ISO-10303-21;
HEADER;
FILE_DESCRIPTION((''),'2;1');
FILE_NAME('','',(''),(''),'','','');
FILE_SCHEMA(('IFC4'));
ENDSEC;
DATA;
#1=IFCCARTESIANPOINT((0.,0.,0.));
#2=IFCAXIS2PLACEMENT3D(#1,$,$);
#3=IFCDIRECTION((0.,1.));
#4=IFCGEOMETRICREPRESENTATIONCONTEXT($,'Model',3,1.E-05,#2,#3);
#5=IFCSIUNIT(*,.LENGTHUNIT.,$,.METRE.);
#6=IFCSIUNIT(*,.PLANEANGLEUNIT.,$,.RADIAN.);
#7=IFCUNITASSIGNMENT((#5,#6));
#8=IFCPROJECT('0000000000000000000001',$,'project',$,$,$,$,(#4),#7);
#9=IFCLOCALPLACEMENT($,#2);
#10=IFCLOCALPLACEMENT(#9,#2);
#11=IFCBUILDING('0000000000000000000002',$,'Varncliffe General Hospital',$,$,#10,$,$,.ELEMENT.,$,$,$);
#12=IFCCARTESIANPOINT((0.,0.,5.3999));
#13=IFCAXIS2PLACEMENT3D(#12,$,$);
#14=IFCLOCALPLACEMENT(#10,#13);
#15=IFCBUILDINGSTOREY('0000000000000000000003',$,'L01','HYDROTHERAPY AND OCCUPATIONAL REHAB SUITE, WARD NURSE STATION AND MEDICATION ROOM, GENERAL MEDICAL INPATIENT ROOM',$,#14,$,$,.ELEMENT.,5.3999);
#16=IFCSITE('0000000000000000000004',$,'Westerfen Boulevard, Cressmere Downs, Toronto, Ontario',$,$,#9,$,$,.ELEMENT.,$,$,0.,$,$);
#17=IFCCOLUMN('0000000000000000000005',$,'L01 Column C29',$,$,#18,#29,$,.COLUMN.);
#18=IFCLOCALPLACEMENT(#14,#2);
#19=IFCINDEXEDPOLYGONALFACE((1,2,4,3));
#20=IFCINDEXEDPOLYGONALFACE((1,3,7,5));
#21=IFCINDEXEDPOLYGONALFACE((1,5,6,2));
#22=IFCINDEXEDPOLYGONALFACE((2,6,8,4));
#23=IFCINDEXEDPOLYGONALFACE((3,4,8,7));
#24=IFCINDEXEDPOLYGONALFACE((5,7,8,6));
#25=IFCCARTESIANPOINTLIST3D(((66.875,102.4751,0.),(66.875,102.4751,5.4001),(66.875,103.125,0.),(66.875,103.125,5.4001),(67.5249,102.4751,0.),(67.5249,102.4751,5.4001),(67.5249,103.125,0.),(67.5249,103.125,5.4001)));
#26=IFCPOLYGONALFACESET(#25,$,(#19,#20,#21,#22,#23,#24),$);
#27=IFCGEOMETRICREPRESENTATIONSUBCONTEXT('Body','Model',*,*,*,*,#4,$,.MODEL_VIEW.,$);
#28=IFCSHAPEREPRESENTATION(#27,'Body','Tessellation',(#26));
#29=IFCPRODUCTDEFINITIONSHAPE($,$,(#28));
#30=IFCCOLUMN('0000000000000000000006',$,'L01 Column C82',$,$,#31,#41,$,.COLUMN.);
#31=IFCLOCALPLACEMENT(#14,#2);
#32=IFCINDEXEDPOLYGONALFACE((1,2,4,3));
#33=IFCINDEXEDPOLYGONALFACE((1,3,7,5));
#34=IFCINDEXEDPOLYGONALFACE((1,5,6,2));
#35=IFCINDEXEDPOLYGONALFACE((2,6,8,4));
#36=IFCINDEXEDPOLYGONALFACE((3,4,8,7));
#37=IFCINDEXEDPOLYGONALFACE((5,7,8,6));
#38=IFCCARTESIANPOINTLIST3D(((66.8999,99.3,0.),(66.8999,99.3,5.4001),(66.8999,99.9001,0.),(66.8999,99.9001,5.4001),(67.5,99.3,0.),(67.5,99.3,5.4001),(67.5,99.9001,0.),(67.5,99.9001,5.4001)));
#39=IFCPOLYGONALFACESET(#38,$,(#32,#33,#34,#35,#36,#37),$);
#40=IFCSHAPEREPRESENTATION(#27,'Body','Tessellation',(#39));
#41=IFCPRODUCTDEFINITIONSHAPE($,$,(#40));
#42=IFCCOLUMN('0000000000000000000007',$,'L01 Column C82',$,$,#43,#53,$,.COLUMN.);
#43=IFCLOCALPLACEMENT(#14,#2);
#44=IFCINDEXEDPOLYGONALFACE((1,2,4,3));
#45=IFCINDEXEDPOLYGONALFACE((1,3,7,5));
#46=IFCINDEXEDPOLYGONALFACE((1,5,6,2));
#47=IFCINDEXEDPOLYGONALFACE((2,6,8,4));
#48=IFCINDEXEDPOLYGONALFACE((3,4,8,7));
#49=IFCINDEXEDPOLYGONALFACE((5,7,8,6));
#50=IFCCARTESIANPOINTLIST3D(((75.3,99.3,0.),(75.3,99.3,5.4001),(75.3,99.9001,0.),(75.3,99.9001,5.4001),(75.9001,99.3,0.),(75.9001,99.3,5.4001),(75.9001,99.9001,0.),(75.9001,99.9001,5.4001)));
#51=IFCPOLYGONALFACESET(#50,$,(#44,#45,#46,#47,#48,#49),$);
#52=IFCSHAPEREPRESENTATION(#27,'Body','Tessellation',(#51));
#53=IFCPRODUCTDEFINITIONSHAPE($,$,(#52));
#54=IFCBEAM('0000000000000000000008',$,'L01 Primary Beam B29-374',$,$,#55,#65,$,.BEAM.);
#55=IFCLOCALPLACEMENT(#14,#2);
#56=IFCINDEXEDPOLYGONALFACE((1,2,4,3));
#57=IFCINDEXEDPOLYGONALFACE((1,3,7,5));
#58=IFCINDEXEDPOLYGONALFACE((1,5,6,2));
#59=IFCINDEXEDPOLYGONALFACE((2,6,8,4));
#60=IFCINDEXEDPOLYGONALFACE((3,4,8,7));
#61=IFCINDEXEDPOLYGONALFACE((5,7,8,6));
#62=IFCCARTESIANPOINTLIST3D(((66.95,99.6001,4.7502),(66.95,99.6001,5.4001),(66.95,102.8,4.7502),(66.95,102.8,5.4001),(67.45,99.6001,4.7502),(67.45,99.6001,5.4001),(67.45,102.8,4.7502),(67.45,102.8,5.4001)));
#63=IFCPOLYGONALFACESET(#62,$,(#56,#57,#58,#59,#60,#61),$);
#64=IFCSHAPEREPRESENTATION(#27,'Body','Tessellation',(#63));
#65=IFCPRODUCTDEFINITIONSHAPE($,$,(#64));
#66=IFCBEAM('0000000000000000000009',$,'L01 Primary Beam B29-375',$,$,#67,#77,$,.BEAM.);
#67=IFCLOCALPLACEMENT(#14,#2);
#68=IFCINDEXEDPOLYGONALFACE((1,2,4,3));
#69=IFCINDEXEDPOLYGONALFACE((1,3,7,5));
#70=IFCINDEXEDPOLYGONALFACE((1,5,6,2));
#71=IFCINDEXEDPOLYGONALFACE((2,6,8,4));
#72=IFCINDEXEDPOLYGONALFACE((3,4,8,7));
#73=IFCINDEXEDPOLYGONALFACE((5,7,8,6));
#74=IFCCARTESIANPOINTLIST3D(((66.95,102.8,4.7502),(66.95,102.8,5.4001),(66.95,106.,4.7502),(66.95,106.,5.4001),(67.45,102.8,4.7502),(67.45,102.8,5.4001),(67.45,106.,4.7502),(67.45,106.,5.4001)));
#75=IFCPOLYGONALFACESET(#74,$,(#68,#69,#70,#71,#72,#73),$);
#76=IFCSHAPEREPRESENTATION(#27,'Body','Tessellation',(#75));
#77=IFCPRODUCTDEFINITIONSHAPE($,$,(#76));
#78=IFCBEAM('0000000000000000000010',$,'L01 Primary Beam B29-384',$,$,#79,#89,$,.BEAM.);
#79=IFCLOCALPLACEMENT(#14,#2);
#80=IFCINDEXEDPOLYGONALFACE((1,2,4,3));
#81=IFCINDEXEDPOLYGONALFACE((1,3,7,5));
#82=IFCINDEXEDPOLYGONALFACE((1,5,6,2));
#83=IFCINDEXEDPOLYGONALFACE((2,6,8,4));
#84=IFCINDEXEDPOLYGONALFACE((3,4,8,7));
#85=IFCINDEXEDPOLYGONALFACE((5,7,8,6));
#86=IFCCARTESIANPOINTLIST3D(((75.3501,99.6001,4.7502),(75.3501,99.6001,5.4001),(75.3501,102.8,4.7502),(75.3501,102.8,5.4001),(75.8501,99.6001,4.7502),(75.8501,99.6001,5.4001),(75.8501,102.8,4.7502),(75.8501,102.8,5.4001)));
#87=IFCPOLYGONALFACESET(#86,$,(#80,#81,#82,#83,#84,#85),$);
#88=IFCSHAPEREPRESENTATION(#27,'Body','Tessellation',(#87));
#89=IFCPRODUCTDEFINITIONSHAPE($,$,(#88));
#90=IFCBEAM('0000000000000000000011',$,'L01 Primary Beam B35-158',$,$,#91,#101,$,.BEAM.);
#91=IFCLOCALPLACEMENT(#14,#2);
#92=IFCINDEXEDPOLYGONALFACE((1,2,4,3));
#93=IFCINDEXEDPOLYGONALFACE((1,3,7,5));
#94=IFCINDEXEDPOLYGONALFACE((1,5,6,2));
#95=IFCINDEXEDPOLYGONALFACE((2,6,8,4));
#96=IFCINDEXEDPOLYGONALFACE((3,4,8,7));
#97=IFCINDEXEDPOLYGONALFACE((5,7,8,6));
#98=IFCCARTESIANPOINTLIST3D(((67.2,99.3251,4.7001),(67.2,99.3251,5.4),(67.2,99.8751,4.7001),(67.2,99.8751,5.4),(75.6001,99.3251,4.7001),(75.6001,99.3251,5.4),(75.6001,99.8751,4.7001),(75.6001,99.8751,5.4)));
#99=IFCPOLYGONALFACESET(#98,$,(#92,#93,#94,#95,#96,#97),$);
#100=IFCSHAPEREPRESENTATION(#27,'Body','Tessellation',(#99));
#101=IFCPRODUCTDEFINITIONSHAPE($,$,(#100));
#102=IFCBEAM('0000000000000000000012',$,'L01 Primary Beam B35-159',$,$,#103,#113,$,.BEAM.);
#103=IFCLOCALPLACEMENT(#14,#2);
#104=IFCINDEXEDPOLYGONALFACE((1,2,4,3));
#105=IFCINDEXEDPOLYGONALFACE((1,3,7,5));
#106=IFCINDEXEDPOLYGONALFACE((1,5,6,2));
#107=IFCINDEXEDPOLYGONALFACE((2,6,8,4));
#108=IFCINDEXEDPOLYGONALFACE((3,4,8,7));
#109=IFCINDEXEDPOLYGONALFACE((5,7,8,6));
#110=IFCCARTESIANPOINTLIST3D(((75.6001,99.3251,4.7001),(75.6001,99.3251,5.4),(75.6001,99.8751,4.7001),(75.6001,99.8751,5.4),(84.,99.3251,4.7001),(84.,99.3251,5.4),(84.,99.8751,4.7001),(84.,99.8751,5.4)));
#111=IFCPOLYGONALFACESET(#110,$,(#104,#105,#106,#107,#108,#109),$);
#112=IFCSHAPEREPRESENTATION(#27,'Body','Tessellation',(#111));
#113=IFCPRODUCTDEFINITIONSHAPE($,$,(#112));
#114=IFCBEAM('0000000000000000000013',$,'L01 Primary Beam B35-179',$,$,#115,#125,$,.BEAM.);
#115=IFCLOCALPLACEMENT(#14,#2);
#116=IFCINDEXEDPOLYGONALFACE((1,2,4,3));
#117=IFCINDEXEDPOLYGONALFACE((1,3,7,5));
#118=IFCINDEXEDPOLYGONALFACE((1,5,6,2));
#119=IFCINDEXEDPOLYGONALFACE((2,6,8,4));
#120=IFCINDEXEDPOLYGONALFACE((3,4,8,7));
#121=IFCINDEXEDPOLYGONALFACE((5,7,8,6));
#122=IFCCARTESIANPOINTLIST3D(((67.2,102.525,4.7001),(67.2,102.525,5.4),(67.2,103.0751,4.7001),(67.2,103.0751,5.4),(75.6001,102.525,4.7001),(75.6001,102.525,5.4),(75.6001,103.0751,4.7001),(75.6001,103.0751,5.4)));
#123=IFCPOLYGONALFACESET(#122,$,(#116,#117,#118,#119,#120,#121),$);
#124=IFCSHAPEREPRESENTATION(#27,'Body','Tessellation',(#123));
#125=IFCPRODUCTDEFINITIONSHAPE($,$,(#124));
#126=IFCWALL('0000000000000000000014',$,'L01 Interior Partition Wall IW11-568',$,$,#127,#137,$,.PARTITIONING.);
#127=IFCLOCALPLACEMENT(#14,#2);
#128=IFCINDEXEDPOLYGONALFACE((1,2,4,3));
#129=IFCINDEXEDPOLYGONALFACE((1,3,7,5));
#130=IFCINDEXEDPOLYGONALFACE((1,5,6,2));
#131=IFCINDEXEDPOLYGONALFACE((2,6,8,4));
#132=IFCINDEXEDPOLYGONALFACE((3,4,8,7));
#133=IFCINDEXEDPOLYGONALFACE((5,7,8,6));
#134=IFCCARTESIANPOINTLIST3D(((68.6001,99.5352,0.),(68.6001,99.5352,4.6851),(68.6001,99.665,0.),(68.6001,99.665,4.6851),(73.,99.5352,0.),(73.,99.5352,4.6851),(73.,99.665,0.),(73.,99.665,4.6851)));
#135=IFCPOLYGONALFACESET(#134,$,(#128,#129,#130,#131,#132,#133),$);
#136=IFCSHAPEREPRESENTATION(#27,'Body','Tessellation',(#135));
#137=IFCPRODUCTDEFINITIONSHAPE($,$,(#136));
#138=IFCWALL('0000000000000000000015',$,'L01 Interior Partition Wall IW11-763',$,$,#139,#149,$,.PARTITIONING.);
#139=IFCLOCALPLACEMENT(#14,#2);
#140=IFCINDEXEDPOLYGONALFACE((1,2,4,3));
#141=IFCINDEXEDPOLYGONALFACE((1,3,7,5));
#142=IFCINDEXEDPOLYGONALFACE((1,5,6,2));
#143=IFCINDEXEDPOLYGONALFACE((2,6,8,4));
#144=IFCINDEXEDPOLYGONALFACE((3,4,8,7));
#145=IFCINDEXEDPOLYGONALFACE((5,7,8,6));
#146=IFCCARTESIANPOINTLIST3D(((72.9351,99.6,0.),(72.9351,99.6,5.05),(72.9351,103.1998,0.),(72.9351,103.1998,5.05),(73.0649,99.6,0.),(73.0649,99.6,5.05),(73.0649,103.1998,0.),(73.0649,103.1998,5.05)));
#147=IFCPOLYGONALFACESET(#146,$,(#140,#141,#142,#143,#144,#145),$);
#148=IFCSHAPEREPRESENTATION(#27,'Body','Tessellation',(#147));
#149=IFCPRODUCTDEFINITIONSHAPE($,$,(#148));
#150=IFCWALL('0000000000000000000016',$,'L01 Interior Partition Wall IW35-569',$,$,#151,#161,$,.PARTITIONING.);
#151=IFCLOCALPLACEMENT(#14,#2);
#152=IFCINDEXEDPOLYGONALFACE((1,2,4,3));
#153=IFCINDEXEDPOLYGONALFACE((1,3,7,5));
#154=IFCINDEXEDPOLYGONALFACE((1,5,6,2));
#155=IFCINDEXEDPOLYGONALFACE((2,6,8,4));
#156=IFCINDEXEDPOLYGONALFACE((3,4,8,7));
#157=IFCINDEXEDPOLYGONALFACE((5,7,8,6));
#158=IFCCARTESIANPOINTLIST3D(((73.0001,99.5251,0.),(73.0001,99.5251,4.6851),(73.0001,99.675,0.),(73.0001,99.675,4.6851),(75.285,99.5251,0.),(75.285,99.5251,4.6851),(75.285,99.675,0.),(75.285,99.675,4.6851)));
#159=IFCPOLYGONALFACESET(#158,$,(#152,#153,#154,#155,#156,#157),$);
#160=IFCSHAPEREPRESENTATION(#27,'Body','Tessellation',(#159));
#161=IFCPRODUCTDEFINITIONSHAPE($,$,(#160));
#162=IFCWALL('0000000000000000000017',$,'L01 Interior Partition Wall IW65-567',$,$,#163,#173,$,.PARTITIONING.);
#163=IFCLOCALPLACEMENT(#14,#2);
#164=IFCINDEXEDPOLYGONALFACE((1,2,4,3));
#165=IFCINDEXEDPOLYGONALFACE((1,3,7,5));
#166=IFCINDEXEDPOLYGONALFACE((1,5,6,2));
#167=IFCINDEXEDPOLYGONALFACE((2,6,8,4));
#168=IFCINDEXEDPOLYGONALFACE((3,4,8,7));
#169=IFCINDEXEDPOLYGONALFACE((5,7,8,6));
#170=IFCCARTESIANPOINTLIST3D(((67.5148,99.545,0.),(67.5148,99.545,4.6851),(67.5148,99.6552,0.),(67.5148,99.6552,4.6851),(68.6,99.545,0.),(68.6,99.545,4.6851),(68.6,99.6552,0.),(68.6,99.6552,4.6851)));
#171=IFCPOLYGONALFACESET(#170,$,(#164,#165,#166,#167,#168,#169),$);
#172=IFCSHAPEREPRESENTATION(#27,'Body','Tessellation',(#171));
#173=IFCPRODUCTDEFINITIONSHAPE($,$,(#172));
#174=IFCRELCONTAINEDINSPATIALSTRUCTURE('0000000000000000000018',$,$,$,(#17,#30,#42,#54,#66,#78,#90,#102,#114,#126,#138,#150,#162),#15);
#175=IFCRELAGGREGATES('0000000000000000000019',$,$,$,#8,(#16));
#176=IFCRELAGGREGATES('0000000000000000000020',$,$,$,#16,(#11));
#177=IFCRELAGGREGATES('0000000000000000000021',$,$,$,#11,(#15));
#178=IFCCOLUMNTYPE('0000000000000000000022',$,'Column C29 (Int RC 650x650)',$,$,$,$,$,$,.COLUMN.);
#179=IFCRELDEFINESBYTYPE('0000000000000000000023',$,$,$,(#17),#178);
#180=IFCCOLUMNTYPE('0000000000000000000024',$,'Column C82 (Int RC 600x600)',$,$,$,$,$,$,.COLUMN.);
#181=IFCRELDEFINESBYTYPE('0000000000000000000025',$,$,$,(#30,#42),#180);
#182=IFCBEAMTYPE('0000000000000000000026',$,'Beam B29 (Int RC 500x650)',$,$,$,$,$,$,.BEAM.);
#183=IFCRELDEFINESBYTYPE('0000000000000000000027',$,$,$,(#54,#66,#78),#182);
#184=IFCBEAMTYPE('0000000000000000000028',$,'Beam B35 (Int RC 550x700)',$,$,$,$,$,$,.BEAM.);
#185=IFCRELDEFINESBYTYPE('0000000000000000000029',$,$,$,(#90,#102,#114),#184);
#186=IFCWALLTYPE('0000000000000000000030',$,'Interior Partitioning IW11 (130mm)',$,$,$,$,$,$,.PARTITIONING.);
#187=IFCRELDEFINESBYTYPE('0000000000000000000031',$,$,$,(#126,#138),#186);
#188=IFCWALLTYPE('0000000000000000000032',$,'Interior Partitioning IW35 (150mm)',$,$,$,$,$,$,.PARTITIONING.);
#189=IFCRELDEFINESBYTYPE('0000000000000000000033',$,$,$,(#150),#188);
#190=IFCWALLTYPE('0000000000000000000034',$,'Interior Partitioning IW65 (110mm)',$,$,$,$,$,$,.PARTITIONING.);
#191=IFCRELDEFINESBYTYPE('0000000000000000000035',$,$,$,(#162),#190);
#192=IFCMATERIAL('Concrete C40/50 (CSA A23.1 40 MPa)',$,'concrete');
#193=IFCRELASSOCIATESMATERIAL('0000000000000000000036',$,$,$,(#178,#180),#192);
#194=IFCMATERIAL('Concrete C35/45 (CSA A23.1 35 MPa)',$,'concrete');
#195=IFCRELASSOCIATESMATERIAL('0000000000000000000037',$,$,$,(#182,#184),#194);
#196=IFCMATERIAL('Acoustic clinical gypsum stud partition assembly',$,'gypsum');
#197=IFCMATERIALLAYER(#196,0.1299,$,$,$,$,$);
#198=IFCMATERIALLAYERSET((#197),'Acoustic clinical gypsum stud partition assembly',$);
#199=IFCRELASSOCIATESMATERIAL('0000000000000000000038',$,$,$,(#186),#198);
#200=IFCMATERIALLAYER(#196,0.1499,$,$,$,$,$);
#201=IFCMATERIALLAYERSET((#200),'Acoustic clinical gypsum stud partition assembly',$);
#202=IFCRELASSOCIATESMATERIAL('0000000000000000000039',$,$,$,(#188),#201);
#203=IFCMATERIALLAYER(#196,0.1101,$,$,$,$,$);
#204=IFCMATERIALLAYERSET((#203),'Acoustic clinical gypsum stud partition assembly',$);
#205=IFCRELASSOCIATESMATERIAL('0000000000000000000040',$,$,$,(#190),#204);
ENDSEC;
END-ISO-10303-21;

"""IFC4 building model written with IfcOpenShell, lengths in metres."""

from ifc_helpers import new_model, si_unit, direction, frame, frame_2d, origin, origin_2d, place, context, subcontext, project, spatial, rectangle, extrude, material, layer, layer_set, material_profile, profile_set, type_object, element, save


model = new_model("IFC4")

# Units and contexts
model_context = context("Model", 3, precision=1e-05, world=origin(), true_north=direction((0.0, 1.0)))
body_context = subcontext(model_context, "Body", "Model", "MODEL_VIEW")
ifc_project = project(units=[si_unit("LENGTHUNIT", "METRE"), si_unit("PLANEANGLEUNIT", "RADIAN")], contexts=[model_context])

# Site, building, storey
site_placement = place(None, origin())
site = spatial("IfcSite", under=ifc_project, at=site_placement, Name="Westerfen Boulevard, Cressmere Downs, Toronto, Ontario", CompositionType="ELEMENT", RefElevation=0.0)
building_placement = place(site_placement, origin())
building = spatial("IfcBuilding", under=site, at=building_placement, Name="Varncliffe General Hospital", CompositionType="ELEMENT")
storey_placement = place(building_placement, frame((0.0, 0.0, 5.3999)))
storey = spatial("IfcBuildingStorey", under=building, at=storey_placement, Name="L01", Description="HYDROTHERAPY AND OCCUPATIONAL REHAB SUITE, WARD NURSE STATION AND MEDICATION ROOM, GENERAL MEDICAL INPATIENT ROOM", CompositionType="ELEMENT", Elevation=5.3999)

# Columns
ifc_material_1 = material(Name="Concrete C40/50 (CSA A23.1 40 MPa)", Category="concrete")
ifc_material_profile_1 = material_profile(ifc_material_1, rectangle(XDim=0.6499, YDim=0.6499, at=origin_2d()), Name="RC 650x650")
ifc_profile_set_1 = profile_set([ifc_material_profile_1], Name="Concrete C40/50 (CSA A23.1 40 MPa)")
column_type_1 = type_object("IfcColumnType", Name="Column C29 (Int RC 650x650)", PredefinedType="COLUMN", material=ifc_profile_set_1)
column_placement = place(storey_placement, frame((67.2, 102.8, 0.0), z_axis=(0.0, 0.0, 1.0), x_axis=(1.0, 0.0, 0.0)))
element("IfcColumn", 1, at=column_placement, inside=storey, type_object=column_type_1, Name="L01 Column C29", PredefinedType="COLUMN", context=body_context, shape_type="SweptSolid", body=[
    extrude(rectangle(XDim=0.6499, YDim=0.6499, at=origin_2d()), origin(), (0.0, 0.0, 1.0), 5.4001),
])
ifc_material_profile_2 = material_profile(ifc_material_1, rectangle(XDim=0.6001, YDim=0.6001, at=origin_2d()), Name="RC 600x600")
ifc_profile_set_2 = profile_set([ifc_material_profile_2], Name="Concrete C40/50 (CSA A23.1 40 MPa)")
column_type_2 = type_object("IfcColumnType", Name="Column C82 (Int RC 600x600)", PredefinedType="COLUMN", material=ifc_profile_set_2)
for number, where, z_axis, x_axis, name in (
    (2, (67.2, 99.6001, 0.0), (0.0, 0.0, 1.0), (1.0, 0.0, 0.0), "L01 Column C82"),
    (3, (75.6001, 99.6001, 0.0), (0.0, 0.0, 1.0), (1.0, 0.0, 0.0), "L01 Column C82"),
):
    element("IfcColumn", number, at=place(storey_placement, frame(where, z_axis=z_axis, x_axis=x_axis)), inside=storey, type_object=column_type_2, Name=name, PredefinedType="COLUMN", context=body_context, shape_type="SweptSolid", body=[
        extrude(rectangle(XDim=0.6001, YDim=0.6001, at=origin_2d()), origin(), (0.0, 0.0, 1.0), 5.4001),
    ])

# Beams
ifc_material_2 = material(Name="Concrete C35/45 (CSA A23.1 35 MPa)", Category="concrete")
ifc_material_profile_3 = material_profile(ifc_material_2, rectangle(XDim=0.5, YDim=0.6499, at=origin_2d()), Name="RC 500x650")
ifc_profile_set_3 = profile_set([ifc_material_profile_3], Name="Concrete C35/45 (CSA A23.1 35 MPa)")
beam_type_1 = type_object("IfcBeamType", Name="Beam B29 (Int RC 500x650)", PredefinedType="BEAM", material=ifc_profile_set_3)
for number, where, z_axis, x_axis, name in (
    (4, (67.2, 99.6001, 5.0752), (0.0, 1.0, 0.0), (-1.0, 0.0, 0.0), "L01 Primary Beam B29-374"),
    (5, (67.2, 102.8, 5.0752), (0.0, 1.0, 0.0), (-1.0, 0.0, 0.0), "L01 Primary Beam B29-375"),
    (6, (75.6001, 99.6001, 5.0752), (0.0, 1.0, 0.0), (-1.0, 0.0, 0.0), "L01 Primary Beam B29-384"),
):
    element("IfcBeam", number, at=place(storey_placement, frame(where, z_axis=z_axis, x_axis=x_axis)), inside=storey, type_object=beam_type_1, Name=name, PredefinedType="BEAM", context=body_context, shape_type="SweptSolid", body=[
        extrude(rectangle(XDim=0.5, YDim=0.6499, at=origin_2d()), origin(), (0.0, 0.0, 1.0), 3.2),
    ])
ifc_material_profile_4 = material_profile(ifc_material_2, rectangle(XDim=0.55, YDim=0.7, at=origin_2d()), Name="RC 550x700")
ifc_profile_set_4 = profile_set([ifc_material_profile_4], Name="Concrete C35/45 (CSA A23.1 35 MPa)")
beam_type_2 = type_object("IfcBeamType", Name="Beam B35 (Int RC 550x700)", PredefinedType="BEAM", material=ifc_profile_set_4)
beam_1_placement = place(storey_placement, frame((67.2, 99.6001, 5.05), z_axis=(1.0, 0.0, 0.0), x_axis=(0.0, 1.0, 0.0)))
element("IfcBeam", 7, at=beam_1_placement, inside=storey, type_object=beam_type_2, Name="L01 Primary Beam B35-158", PredefinedType="BEAM", context=body_context, shape_type="SweptSolid", body=[
    extrude(rectangle(XDim=0.55, YDim=0.7, at=origin_2d()), origin(), (0.0, 0.0, 1.0), 8.4001),
])
beam_2_placement = place(storey_placement, frame((75.6001, 99.6001, 5.05), z_axis=(1.0, 0.0, 0.0), x_axis=(0.0, 1.0, 0.0)))
element("IfcBeam", 8, at=beam_2_placement, inside=storey, type_object=beam_type_2, Name="L01 Primary Beam B35-159", PredefinedType="BEAM", context=body_context, shape_type="SweptSolid", body=[
    extrude(rectangle(XDim=0.55, YDim=0.7, at=origin_2d()), origin(), (0.0, 0.0, 1.0), 8.3999),
])
beam_3_placement = place(storey_placement, frame((67.2, 102.8, 5.05), z_axis=(1.0, 0.0, 0.0), x_axis=(0.0, 1.0, 0.0)))
element("IfcBeam", 9, at=beam_3_placement, inside=storey, type_object=beam_type_2, Name="L01 Primary Beam B35-179", PredefinedType="BEAM", context=body_context, shape_type="SweptSolid", body=[
    extrude(rectangle(XDim=0.55, YDim=0.7, at=origin_2d()), origin(), (0.0, 0.0, 1.0), 8.4001),
])

# Walls
ifc_material_3 = material(Name="Acoustic clinical gypsum stud partition assembly", Category="gypsum")
ifc_layer_1 = layer(ifc_material_3, 0.1299)
ifc_layer_set_1 = layer_set([ifc_layer_1], Name="Acoustic clinical gypsum stud partition assembly")
wall_type_1 = type_object("IfcWallType", Name="Interior Partitioning IW11 (130mm)", PredefinedType="PARTITIONING", material=ifc_layer_set_1)
wall_1_placement = place(storey_placement, frame((68.6001, 99.6001, 0.0), z_axis=(0.0, 0.0, 1.0), x_axis=(1.0, 0.0, 0.0)))
element("IfcWall", 10, at=wall_1_placement, inside=storey, type_object=wall_type_1, Name="L01 Interior Partition Wall IW11-568", PredefinedType="PARTITIONING", context=body_context, shape_type="SweptSolid", body=[
    extrude(rectangle(XDim=4.3999, YDim=0.1299, at=frame_2d((2.2, 0.0))), origin(), (0.0, 0.0, 1.0), 4.6851),
])
wall_2_placement = place(storey_placement, frame((73.0, 99.6001, 0.0), z_axis=(0.0, 0.0, 1.0), x_axis=(0.0, 1.0, 0.0)))
element("IfcWall", 11, at=wall_2_placement, inside=storey, type_object=wall_type_1, Name="L01 Interior Partition Wall IW11-763", PredefinedType="PARTITIONING", context=body_context, shape_type="SweptSolid", body=[
    extrude(rectangle(XDim=3.5999, YDim=0.1299, at=frame_2d((1.7998, 0.0))), origin(), (0.0, 0.0, 1.0), 5.05),
])
ifc_layer_2 = layer(ifc_material_3, 0.1499)
ifc_layer_set_2 = layer_set([ifc_layer_2], Name="Acoustic clinical gypsum stud partition assembly")
wall_type_2 = type_object("IfcWallType", Name="Interior Partitioning IW35 (150mm)", PredefinedType="PARTITIONING", material=ifc_layer_set_2)
wall_3_placement = place(storey_placement, frame((73.0, 99.6001, 0.0), z_axis=(0.0, 0.0, 1.0), x_axis=(1.0, 0.0, 0.0)))
element("IfcWall", 12, at=wall_3_placement, inside=storey, type_object=wall_type_2, Name="L01 Interior Partition Wall IW35-569", PredefinedType="PARTITIONING", context=body_context, shape_type="SweptSolid", body=[
    extrude(rectangle(XDim=2.2849, YDim=0.1499, at=frame_2d((1.1426, 0.0))), origin(), (0.0, 0.0, 1.0), 4.6851),
])
ifc_layer_3 = layer(ifc_material_3, 0.1101)
ifc_layer_set_3 = layer_set([ifc_layer_3], Name="Acoustic clinical gypsum stud partition assembly")
wall_type_3 = type_object("IfcWallType", Name="Interior Partitioning IW65 (110mm)", PredefinedType="PARTITIONING", material=ifc_layer_set_3)
wall_4_placement = place(storey_placement, frame((67.5149, 99.6001, 0.0), z_axis=(0.0, 0.0, 1.0), x_axis=(1.0, 0.0, 0.0)))
element("IfcWall", 13, at=wall_4_placement, inside=storey, type_object=wall_type_3, Name="L01 Interior Partition Wall IW65-567", PredefinedType="PARTITIONING", context=body_context, shape_type="SweptSolid", body=[
    extrude(rectangle(XDim=1.0852, YDim=0.1101, at=frame_2d((0.5425, 0.0))), origin(), (0.0, 0.0, 1.0), 4.6851),
])

save(model, "model.ifc")
